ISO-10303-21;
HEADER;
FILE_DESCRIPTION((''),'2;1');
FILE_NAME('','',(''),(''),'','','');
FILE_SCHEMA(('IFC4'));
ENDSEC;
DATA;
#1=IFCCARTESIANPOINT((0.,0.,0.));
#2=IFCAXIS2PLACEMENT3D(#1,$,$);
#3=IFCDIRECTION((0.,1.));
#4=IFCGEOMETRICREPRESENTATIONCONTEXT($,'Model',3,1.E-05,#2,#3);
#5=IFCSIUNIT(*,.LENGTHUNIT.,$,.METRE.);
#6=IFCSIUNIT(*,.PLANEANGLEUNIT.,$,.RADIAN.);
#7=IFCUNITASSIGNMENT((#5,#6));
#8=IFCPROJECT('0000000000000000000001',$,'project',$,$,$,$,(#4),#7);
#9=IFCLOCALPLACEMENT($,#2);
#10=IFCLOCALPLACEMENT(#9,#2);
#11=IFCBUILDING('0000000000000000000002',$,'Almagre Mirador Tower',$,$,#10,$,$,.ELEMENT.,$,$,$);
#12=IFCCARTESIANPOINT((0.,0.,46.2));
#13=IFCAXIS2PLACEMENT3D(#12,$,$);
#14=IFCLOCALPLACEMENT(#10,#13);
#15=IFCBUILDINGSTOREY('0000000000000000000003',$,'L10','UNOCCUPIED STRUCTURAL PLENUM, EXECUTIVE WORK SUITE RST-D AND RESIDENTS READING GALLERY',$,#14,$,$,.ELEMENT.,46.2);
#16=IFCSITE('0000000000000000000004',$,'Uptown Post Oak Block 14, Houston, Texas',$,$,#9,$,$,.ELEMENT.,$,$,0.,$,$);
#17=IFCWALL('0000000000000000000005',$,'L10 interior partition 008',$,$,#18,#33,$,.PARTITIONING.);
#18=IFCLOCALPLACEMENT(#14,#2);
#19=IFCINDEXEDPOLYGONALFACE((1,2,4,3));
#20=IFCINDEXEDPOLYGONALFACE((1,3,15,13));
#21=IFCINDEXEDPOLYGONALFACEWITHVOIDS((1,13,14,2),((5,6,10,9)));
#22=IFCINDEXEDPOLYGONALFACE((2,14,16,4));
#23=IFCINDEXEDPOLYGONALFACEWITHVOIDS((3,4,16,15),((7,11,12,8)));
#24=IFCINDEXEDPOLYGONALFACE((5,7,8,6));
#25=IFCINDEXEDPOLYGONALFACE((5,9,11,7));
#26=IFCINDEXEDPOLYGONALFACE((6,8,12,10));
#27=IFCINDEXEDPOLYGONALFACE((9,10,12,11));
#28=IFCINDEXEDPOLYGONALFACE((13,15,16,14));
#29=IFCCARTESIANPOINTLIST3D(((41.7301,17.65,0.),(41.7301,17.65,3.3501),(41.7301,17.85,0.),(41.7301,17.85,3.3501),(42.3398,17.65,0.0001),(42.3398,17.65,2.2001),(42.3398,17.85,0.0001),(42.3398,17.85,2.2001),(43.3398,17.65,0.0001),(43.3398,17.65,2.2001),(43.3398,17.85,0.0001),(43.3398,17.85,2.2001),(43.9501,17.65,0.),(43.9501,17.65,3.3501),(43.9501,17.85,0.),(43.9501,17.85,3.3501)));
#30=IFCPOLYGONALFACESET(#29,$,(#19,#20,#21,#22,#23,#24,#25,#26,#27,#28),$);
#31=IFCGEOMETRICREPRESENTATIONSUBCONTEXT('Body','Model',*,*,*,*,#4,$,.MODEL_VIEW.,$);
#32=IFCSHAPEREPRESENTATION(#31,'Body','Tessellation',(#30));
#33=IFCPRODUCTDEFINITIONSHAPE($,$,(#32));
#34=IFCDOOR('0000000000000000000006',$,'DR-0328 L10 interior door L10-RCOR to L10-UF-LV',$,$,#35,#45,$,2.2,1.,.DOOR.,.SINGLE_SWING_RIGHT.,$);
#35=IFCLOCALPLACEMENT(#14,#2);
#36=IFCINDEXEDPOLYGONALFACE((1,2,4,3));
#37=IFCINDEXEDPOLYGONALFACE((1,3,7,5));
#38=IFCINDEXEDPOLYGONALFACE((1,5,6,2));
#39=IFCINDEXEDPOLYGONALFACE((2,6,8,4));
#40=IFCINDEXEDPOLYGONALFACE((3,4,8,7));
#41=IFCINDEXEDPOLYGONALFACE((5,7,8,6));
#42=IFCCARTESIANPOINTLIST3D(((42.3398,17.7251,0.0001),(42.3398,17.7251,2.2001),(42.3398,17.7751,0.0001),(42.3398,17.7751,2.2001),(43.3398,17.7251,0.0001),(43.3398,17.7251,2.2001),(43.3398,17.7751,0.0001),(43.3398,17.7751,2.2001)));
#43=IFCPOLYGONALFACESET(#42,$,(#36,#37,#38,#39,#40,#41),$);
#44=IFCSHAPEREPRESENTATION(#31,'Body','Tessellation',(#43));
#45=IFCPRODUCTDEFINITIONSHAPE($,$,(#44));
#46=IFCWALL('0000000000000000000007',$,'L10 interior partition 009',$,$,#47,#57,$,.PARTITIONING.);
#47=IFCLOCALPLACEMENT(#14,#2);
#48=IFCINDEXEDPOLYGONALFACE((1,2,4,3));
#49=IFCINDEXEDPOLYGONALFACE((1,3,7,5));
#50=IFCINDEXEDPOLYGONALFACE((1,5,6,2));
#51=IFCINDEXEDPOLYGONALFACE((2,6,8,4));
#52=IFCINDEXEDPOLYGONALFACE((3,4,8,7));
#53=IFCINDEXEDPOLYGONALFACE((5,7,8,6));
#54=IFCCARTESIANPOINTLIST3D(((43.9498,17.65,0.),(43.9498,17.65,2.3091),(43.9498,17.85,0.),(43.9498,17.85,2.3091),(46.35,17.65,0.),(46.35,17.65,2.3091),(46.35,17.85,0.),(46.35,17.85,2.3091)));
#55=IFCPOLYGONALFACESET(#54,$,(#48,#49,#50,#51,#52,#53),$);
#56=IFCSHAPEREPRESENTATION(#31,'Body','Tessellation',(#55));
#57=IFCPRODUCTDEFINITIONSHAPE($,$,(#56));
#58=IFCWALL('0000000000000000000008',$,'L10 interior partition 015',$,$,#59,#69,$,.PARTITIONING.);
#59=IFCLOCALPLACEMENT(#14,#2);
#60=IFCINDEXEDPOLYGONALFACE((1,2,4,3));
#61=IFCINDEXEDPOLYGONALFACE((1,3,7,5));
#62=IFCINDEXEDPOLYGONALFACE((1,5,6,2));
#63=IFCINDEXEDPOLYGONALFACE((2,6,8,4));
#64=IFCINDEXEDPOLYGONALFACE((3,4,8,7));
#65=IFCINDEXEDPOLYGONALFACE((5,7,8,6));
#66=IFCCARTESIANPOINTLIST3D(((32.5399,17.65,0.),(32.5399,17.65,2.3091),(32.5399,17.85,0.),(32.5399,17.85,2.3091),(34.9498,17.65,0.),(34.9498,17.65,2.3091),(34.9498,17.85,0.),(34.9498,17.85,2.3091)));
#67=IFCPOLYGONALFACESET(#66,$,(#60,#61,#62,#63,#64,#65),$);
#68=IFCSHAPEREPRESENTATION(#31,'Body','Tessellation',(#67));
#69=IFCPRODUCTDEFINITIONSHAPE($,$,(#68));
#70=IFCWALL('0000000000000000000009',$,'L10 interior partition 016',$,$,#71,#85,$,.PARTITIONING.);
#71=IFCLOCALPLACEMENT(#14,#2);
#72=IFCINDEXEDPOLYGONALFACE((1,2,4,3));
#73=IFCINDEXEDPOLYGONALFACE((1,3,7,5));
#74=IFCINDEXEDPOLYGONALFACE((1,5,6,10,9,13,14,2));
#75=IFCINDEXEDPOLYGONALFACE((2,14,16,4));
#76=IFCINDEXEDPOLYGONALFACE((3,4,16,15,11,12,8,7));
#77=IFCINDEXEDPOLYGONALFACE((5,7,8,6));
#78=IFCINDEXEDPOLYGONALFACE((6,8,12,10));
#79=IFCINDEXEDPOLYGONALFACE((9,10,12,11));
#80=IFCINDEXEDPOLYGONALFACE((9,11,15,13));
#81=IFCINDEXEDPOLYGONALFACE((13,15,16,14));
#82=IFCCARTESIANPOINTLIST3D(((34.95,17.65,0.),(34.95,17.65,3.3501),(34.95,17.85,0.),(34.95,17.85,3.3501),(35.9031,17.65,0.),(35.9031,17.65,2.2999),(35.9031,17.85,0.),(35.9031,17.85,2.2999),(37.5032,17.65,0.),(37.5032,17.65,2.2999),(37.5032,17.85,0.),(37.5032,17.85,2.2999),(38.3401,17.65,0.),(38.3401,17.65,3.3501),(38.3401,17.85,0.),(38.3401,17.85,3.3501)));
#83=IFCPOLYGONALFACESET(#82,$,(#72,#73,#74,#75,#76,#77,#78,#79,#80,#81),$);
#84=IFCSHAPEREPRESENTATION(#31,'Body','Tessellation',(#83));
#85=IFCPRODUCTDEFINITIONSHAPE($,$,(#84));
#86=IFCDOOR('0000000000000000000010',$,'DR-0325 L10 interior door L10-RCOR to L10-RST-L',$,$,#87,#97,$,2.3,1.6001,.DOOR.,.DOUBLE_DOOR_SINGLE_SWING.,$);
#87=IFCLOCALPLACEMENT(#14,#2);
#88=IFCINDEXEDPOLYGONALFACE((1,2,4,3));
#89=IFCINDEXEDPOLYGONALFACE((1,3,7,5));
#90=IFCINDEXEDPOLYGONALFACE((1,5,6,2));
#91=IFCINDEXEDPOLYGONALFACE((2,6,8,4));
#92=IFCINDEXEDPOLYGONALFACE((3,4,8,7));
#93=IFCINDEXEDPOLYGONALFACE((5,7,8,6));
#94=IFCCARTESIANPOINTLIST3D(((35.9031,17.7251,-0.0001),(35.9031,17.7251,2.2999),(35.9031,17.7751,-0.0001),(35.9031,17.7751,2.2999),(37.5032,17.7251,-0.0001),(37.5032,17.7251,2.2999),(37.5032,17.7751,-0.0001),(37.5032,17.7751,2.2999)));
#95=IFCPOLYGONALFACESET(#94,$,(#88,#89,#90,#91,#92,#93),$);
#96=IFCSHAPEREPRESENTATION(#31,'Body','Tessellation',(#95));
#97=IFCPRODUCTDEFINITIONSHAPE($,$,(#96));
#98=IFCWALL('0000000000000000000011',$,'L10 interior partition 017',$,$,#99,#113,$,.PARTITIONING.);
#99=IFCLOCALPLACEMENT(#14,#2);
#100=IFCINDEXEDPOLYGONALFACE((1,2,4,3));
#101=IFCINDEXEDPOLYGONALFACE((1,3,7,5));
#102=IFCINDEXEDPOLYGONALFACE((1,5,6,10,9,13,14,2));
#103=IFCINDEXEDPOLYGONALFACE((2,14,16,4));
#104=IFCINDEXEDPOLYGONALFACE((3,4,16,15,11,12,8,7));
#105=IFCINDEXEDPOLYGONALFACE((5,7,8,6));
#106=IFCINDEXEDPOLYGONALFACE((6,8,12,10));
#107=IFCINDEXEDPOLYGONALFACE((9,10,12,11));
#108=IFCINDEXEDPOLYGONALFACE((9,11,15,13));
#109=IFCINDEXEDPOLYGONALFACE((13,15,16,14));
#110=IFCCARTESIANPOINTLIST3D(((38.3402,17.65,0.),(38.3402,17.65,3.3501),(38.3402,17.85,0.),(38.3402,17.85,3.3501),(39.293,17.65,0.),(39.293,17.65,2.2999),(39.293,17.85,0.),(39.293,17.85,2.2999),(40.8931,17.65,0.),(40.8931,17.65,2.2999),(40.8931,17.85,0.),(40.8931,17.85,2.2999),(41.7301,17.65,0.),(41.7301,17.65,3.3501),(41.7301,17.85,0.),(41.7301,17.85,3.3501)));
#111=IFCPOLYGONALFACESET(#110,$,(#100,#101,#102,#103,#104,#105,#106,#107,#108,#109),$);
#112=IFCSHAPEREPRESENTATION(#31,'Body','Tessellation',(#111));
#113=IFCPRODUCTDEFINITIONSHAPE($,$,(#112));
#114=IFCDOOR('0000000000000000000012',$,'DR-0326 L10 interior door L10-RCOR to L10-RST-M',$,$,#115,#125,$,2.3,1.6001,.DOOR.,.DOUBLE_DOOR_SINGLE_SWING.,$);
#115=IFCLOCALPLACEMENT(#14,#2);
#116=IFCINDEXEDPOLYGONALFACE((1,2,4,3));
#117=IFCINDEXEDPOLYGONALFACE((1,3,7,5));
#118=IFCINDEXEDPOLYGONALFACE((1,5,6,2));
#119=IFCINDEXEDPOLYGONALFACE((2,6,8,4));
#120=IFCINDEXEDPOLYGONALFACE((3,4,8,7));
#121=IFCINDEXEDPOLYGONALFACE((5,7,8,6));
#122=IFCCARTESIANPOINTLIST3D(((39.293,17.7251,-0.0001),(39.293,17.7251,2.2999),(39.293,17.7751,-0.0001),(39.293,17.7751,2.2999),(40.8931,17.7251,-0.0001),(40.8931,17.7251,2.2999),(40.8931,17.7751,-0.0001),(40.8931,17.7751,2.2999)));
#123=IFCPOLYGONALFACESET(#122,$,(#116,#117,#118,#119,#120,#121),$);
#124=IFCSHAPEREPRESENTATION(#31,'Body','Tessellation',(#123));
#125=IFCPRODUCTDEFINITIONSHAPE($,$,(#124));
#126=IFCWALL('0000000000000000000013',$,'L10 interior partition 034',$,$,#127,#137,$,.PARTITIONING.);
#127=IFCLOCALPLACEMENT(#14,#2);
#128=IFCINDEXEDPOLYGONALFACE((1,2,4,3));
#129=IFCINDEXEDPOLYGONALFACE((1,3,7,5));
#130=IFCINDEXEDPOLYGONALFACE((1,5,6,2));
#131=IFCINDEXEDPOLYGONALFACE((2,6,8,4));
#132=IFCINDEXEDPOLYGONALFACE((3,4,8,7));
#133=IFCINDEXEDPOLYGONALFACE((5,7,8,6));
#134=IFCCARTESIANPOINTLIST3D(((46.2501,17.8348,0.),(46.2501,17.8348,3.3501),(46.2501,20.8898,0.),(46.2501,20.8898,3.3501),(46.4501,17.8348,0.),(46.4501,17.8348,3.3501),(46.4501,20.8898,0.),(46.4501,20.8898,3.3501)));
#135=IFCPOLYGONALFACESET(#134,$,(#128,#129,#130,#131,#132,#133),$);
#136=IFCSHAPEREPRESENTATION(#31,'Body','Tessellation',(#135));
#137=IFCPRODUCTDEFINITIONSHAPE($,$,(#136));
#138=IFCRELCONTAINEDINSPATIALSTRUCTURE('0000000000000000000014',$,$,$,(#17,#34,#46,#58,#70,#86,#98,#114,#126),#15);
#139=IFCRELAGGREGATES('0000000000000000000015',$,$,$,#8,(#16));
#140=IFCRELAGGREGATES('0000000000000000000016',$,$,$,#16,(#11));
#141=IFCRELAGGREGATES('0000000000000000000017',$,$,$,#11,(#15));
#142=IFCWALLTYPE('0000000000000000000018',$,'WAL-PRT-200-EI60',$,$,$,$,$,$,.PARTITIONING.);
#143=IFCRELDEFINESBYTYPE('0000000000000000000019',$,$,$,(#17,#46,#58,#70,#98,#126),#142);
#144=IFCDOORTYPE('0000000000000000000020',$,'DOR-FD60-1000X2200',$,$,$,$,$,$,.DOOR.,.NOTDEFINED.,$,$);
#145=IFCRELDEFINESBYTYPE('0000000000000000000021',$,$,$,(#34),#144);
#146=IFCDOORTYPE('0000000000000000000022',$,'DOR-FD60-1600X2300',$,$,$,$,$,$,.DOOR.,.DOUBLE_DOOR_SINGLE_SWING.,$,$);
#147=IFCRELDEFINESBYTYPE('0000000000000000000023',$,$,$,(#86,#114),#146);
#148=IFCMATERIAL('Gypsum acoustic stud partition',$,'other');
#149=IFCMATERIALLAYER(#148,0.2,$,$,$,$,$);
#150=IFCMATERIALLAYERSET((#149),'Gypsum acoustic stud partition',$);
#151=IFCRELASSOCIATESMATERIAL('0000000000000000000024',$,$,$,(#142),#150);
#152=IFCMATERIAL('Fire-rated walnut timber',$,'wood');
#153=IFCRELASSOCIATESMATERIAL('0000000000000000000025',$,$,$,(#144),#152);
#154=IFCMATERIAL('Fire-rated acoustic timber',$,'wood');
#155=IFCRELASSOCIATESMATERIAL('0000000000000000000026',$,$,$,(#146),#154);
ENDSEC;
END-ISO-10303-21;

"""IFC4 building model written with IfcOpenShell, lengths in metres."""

from ifc_helpers import new_model, si_unit, direction, frame, frame_2d, origin, place, context, subcontext, project, spatial, rectangle, extrude, material, layer, layer_set, type_object, element, fill, save


model = new_model("IFC4")

# Units and contexts
model_context = context("Model", 3, precision=1e-05, world=origin(), true_north=direction((0.0, 1.0)))
body_context = subcontext(model_context, "Body", "Model", "MODEL_VIEW")
ifc_project = project(units=[si_unit("LENGTHUNIT", "METRE"), si_unit("PLANEANGLEUNIT", "RADIAN")], contexts=[model_context])

# Site, building, storey
site_placement = place(None, origin())
site = spatial("IfcSite", under=ifc_project, at=site_placement, Name="Uptown Post Oak Block 14, Houston, Texas", CompositionType="ELEMENT", RefElevation=0.0)
building_placement = place(site_placement, origin())
building = spatial("IfcBuilding", under=site, at=building_placement, Name="Almagre Mirador Tower", CompositionType="ELEMENT")
storey_placement = place(building_placement, frame((0.0, 0.0, 46.2)))
storey = spatial("IfcBuildingStorey", under=building, at=storey_placement, Name="L10", Description="UNOCCUPIED STRUCTURAL PLENUM, EXECUTIVE WORK SUITE RST-D AND RESIDENTS READING GALLERY", CompositionType="ELEMENT", Elevation=46.2)

# Wall, opening, door
ifc_material_1 = material(Name="Gypsum acoustic stud partition", Category="other")
ifc_layer_1 = layer(ifc_material_1, 0.2)
ifc_layer_set_1 = layer_set([ifc_layer_1], Name="Gypsum acoustic stud partition")
wall_type_1 = type_object("IfcWallType", Name="WAL-PRT-200-EI60", PredefinedType="PARTITIONING", material=ifc_layer_set_1)
wall_1_placement = place(storey_placement, frame((43.95, 17.75, 0.0), z_axis=(0.0, 0.0, 1.0), x_axis=(-1.0, 0.0, 0.0)))
wall_1 = element("IfcWall", 1, at=wall_1_placement, inside=storey, type_object=wall_type_1, Name="L10 interior partition 008", PredefinedType="PARTITIONING", context=body_context, shape_type="SweptSolid", body=[
    extrude(rectangle(XDim=2.22, YDim=0.2, at=frame_2d((1.1099, 0.0))), origin(), (0.0, 0.0, 1.0), 3.3501),
])
opening_1_placement = place(wall_1_placement, frame((0.6101, 0.0, 0.0)))
opening_1 = element("IfcOpeningElement", 2, at=opening_1_placement, cuts=wall_1, PredefinedType="OPENING", context=body_context, shape_type="SweptSolid", body=[
    extrude(rectangle(XDim=1.0, YDim=2.2, at=frame_2d((0.5, 1.1001))), frame((0.0, 0.1101, 0.0), z_axis=(0.0, -1.0, 0.0), x_axis=(1.0, 0.0, 0.0)), (0.0, 0.0, 1.0), 0.22),
])
ifc_material_2 = material(Name="Fire-rated walnut timber", Category="wood")
door_type_1 = type_object("IfcDoorType", Name="DOR-FD60-1000X2200", OperationType="NOTDEFINED", PredefinedType="DOOR", material=ifc_material_2)
door_1_placement = place(opening_1_placement, origin())
door_1 = element("IfcDoor", 3, at=door_1_placement, inside=storey, type_object=door_type_1, Name="DR-0328 L10 interior door L10-RCOR to L10-UF-LV", OperationType="SINGLE_SWING_RIGHT", OverallHeight=2.2, OverallWidth=1.0, PredefinedType="DOOR", context=body_context, shape_type="SweptSolid", body=[
    extrude(rectangle(XDim=1.0, YDim=2.2, at=frame_2d((0.5, 1.1001))), frame((0.0, 0.0249, 0.0), z_axis=(0.0, -1.0, 0.0), x_axis=(1.0, 0.0, 0.0)), (0.0, 0.0, 1.0), 0.05),
])
fill(opening_1, door_1)

# Walls
wall_2_placement = place(storey_placement, frame((46.3501, 17.75, 0.0), z_axis=(0.0, 0.0, 1.0), x_axis=(-1.0, 0.0, 0.0)))
element("IfcWall", 4, at=wall_2_placement, inside=storey, type_object=wall_type_1, Name="L10 interior partition 009", PredefinedType="PARTITIONING", context=body_context, shape_type="SweptSolid", body=[
    extrude(rectangle(XDim=2.4001, YDim=0.2, at=frame_2d((1.2002, 0.0))), origin(), (0.0, 0.0, 1.0), 2.3091),
])
wall_3_placement = place(storey_placement, frame((34.95, 17.75, 0.0), z_axis=(0.0, 0.0, 1.0), x_axis=(-1.0, 0.0, 0.0)))
element("IfcWall", 5, at=wall_3_placement, inside=storey, type_object=wall_type_1, Name="L10 interior partition 015", PredefinedType="PARTITIONING", context=body_context, shape_type="SweptSolid", body=[
    extrude(rectangle(XDim=2.4099, YDim=0.2, at=frame_2d((1.2051, 0.0))), origin(), (0.0, 0.0, 1.0), 2.3091),
])

# Walls, openings, doors
wall_4_placement = place(storey_placement, frame((38.3401, 17.75, 0.0), z_axis=(0.0, 0.0, 1.0), x_axis=(-1.0, 0.0, 0.0)))
wall_4 = element("IfcWall", 6, at=wall_4_placement, inside=storey, type_object=wall_type_1, Name="L10 interior partition 016", PredefinedType="PARTITIONING", context=body_context, shape_type="SweptSolid", body=[
    extrude(rectangle(XDim=3.3901, YDim=0.2, at=frame_2d((1.6951, 0.0))), origin(), (0.0, 0.0, 1.0), 3.3501),
])
opening_2_placement = place(wall_4_placement, frame((0.8369, 0.0, 0.0)))
opening_2 = element("IfcOpeningElement", 7, at=opening_2_placement, cuts=wall_4, PredefinedType="OPENING", context=body_context, shape_type="SweptSolid", body=[
    extrude(rectangle(XDim=1.6001, YDim=2.3, at=frame_2d((0.8, 1.1499))), frame((0.0, 0.1101, 0.0), z_axis=(0.0, -1.0, 0.0), x_axis=(1.0, 0.0, 0.0)), (0.0, 0.0, 1.0), 0.22),
])
ifc_material_3 = material(Name="Fire-rated acoustic timber", Category="wood")
door_type_2 = type_object("IfcDoorType", Name="DOR-FD60-1600X2300", OperationType="DOUBLE_DOOR_SINGLE_SWING", PredefinedType="DOOR", material=ifc_material_3)
door_2_placement = place(opening_2_placement, origin())
door_2 = element("IfcDoor", 8, at=door_2_placement, inside=storey, type_object=door_type_2, Name="DR-0325 L10 interior door L10-RCOR to L10-RST-L", OperationType="DOUBLE_DOOR_SINGLE_SWING", OverallHeight=2.3, OverallWidth=1.6001, PredefinedType="DOOR", context=body_context, shape_type="SweptSolid", body=[
    extrude(rectangle(XDim=1.6001, YDim=2.3, at=frame_2d((0.8, 1.1499))), frame((0.0, 0.0249, 0.0), z_axis=(0.0, -1.0, 0.0), x_axis=(1.0, 0.0, 0.0)), (0.0, 0.0, 1.0), 0.05),
])
fill(opening_2, door_2)
wall_5_placement = place(storey_placement, frame((41.73, 17.75, 0.0), z_axis=(0.0, 0.0, 1.0), x_axis=(-1.0, 0.0, 0.0)))
wall_5 = element("IfcWall", 9, at=wall_5_placement, inside=storey, type_object=wall_type_1, Name="L10 interior partition 017", PredefinedType="PARTITIONING", context=body_context, shape_type="SweptSolid", body=[
    extrude(rectangle(XDim=3.3899, YDim=0.2, at=frame_2d((1.6948, 0.0))), origin(), (0.0, 0.0, 1.0), 3.3501),
])
opening_3_placement = place(wall_5_placement, frame((0.8369, 0.0, 0.0)))
opening_3 = element("IfcOpeningElement", 10, at=opening_3_placement, cuts=wall_5, PredefinedType="OPENING", context=body_context, shape_type="SweptSolid", body=[
    extrude(rectangle(XDim=1.6001, YDim=2.3, at=frame_2d((0.8, 1.1499))), frame((0.0, 0.1101, 0.0), z_axis=(0.0, -1.0, 0.0), x_axis=(1.0, 0.0, 0.0)), (0.0, 0.0, 1.0), 0.22),
])
door_3_placement = place(opening_3_placement, origin())
door_3 = element("IfcDoor", 11, at=door_3_placement, inside=storey, type_object=door_type_2, Name="DR-0326 L10 interior door L10-RCOR to L10-RST-M", OperationType="DOUBLE_DOOR_SINGLE_SWING", OverallHeight=2.3, OverallWidth=1.6001, PredefinedType="DOOR", context=body_context, shape_type="SweptSolid", body=[
    extrude(rectangle(XDim=1.6001, YDim=2.3, at=frame_2d((0.8, 1.1499))), frame((0.0, 0.0249, 0.0), z_axis=(0.0, -1.0, 0.0), x_axis=(1.0, 0.0, 0.0)), (0.0, 0.0, 1.0), 0.05),
])
fill(opening_3, door_3)

# Wall
wall_6_placement = place(storey_placement, frame((46.3501, 17.835, 0.0), z_axis=(0.0, 0.0, 1.0), x_axis=(0.0, 1.0, 0.0)))
element("IfcWall", 12, at=wall_6_placement, inside=storey, type_object=wall_type_1, Name="L10 interior partition 034", PredefinedType="PARTITIONING", context=body_context, shape_type="SweptSolid", body=[
    extrude(rectangle(XDim=3.0549, YDim=0.2, at=frame_2d((1.5273, 0.0))), origin(), (0.0, 0.0, 1.0), 3.3501),
])

save(model, "model.ifc")
